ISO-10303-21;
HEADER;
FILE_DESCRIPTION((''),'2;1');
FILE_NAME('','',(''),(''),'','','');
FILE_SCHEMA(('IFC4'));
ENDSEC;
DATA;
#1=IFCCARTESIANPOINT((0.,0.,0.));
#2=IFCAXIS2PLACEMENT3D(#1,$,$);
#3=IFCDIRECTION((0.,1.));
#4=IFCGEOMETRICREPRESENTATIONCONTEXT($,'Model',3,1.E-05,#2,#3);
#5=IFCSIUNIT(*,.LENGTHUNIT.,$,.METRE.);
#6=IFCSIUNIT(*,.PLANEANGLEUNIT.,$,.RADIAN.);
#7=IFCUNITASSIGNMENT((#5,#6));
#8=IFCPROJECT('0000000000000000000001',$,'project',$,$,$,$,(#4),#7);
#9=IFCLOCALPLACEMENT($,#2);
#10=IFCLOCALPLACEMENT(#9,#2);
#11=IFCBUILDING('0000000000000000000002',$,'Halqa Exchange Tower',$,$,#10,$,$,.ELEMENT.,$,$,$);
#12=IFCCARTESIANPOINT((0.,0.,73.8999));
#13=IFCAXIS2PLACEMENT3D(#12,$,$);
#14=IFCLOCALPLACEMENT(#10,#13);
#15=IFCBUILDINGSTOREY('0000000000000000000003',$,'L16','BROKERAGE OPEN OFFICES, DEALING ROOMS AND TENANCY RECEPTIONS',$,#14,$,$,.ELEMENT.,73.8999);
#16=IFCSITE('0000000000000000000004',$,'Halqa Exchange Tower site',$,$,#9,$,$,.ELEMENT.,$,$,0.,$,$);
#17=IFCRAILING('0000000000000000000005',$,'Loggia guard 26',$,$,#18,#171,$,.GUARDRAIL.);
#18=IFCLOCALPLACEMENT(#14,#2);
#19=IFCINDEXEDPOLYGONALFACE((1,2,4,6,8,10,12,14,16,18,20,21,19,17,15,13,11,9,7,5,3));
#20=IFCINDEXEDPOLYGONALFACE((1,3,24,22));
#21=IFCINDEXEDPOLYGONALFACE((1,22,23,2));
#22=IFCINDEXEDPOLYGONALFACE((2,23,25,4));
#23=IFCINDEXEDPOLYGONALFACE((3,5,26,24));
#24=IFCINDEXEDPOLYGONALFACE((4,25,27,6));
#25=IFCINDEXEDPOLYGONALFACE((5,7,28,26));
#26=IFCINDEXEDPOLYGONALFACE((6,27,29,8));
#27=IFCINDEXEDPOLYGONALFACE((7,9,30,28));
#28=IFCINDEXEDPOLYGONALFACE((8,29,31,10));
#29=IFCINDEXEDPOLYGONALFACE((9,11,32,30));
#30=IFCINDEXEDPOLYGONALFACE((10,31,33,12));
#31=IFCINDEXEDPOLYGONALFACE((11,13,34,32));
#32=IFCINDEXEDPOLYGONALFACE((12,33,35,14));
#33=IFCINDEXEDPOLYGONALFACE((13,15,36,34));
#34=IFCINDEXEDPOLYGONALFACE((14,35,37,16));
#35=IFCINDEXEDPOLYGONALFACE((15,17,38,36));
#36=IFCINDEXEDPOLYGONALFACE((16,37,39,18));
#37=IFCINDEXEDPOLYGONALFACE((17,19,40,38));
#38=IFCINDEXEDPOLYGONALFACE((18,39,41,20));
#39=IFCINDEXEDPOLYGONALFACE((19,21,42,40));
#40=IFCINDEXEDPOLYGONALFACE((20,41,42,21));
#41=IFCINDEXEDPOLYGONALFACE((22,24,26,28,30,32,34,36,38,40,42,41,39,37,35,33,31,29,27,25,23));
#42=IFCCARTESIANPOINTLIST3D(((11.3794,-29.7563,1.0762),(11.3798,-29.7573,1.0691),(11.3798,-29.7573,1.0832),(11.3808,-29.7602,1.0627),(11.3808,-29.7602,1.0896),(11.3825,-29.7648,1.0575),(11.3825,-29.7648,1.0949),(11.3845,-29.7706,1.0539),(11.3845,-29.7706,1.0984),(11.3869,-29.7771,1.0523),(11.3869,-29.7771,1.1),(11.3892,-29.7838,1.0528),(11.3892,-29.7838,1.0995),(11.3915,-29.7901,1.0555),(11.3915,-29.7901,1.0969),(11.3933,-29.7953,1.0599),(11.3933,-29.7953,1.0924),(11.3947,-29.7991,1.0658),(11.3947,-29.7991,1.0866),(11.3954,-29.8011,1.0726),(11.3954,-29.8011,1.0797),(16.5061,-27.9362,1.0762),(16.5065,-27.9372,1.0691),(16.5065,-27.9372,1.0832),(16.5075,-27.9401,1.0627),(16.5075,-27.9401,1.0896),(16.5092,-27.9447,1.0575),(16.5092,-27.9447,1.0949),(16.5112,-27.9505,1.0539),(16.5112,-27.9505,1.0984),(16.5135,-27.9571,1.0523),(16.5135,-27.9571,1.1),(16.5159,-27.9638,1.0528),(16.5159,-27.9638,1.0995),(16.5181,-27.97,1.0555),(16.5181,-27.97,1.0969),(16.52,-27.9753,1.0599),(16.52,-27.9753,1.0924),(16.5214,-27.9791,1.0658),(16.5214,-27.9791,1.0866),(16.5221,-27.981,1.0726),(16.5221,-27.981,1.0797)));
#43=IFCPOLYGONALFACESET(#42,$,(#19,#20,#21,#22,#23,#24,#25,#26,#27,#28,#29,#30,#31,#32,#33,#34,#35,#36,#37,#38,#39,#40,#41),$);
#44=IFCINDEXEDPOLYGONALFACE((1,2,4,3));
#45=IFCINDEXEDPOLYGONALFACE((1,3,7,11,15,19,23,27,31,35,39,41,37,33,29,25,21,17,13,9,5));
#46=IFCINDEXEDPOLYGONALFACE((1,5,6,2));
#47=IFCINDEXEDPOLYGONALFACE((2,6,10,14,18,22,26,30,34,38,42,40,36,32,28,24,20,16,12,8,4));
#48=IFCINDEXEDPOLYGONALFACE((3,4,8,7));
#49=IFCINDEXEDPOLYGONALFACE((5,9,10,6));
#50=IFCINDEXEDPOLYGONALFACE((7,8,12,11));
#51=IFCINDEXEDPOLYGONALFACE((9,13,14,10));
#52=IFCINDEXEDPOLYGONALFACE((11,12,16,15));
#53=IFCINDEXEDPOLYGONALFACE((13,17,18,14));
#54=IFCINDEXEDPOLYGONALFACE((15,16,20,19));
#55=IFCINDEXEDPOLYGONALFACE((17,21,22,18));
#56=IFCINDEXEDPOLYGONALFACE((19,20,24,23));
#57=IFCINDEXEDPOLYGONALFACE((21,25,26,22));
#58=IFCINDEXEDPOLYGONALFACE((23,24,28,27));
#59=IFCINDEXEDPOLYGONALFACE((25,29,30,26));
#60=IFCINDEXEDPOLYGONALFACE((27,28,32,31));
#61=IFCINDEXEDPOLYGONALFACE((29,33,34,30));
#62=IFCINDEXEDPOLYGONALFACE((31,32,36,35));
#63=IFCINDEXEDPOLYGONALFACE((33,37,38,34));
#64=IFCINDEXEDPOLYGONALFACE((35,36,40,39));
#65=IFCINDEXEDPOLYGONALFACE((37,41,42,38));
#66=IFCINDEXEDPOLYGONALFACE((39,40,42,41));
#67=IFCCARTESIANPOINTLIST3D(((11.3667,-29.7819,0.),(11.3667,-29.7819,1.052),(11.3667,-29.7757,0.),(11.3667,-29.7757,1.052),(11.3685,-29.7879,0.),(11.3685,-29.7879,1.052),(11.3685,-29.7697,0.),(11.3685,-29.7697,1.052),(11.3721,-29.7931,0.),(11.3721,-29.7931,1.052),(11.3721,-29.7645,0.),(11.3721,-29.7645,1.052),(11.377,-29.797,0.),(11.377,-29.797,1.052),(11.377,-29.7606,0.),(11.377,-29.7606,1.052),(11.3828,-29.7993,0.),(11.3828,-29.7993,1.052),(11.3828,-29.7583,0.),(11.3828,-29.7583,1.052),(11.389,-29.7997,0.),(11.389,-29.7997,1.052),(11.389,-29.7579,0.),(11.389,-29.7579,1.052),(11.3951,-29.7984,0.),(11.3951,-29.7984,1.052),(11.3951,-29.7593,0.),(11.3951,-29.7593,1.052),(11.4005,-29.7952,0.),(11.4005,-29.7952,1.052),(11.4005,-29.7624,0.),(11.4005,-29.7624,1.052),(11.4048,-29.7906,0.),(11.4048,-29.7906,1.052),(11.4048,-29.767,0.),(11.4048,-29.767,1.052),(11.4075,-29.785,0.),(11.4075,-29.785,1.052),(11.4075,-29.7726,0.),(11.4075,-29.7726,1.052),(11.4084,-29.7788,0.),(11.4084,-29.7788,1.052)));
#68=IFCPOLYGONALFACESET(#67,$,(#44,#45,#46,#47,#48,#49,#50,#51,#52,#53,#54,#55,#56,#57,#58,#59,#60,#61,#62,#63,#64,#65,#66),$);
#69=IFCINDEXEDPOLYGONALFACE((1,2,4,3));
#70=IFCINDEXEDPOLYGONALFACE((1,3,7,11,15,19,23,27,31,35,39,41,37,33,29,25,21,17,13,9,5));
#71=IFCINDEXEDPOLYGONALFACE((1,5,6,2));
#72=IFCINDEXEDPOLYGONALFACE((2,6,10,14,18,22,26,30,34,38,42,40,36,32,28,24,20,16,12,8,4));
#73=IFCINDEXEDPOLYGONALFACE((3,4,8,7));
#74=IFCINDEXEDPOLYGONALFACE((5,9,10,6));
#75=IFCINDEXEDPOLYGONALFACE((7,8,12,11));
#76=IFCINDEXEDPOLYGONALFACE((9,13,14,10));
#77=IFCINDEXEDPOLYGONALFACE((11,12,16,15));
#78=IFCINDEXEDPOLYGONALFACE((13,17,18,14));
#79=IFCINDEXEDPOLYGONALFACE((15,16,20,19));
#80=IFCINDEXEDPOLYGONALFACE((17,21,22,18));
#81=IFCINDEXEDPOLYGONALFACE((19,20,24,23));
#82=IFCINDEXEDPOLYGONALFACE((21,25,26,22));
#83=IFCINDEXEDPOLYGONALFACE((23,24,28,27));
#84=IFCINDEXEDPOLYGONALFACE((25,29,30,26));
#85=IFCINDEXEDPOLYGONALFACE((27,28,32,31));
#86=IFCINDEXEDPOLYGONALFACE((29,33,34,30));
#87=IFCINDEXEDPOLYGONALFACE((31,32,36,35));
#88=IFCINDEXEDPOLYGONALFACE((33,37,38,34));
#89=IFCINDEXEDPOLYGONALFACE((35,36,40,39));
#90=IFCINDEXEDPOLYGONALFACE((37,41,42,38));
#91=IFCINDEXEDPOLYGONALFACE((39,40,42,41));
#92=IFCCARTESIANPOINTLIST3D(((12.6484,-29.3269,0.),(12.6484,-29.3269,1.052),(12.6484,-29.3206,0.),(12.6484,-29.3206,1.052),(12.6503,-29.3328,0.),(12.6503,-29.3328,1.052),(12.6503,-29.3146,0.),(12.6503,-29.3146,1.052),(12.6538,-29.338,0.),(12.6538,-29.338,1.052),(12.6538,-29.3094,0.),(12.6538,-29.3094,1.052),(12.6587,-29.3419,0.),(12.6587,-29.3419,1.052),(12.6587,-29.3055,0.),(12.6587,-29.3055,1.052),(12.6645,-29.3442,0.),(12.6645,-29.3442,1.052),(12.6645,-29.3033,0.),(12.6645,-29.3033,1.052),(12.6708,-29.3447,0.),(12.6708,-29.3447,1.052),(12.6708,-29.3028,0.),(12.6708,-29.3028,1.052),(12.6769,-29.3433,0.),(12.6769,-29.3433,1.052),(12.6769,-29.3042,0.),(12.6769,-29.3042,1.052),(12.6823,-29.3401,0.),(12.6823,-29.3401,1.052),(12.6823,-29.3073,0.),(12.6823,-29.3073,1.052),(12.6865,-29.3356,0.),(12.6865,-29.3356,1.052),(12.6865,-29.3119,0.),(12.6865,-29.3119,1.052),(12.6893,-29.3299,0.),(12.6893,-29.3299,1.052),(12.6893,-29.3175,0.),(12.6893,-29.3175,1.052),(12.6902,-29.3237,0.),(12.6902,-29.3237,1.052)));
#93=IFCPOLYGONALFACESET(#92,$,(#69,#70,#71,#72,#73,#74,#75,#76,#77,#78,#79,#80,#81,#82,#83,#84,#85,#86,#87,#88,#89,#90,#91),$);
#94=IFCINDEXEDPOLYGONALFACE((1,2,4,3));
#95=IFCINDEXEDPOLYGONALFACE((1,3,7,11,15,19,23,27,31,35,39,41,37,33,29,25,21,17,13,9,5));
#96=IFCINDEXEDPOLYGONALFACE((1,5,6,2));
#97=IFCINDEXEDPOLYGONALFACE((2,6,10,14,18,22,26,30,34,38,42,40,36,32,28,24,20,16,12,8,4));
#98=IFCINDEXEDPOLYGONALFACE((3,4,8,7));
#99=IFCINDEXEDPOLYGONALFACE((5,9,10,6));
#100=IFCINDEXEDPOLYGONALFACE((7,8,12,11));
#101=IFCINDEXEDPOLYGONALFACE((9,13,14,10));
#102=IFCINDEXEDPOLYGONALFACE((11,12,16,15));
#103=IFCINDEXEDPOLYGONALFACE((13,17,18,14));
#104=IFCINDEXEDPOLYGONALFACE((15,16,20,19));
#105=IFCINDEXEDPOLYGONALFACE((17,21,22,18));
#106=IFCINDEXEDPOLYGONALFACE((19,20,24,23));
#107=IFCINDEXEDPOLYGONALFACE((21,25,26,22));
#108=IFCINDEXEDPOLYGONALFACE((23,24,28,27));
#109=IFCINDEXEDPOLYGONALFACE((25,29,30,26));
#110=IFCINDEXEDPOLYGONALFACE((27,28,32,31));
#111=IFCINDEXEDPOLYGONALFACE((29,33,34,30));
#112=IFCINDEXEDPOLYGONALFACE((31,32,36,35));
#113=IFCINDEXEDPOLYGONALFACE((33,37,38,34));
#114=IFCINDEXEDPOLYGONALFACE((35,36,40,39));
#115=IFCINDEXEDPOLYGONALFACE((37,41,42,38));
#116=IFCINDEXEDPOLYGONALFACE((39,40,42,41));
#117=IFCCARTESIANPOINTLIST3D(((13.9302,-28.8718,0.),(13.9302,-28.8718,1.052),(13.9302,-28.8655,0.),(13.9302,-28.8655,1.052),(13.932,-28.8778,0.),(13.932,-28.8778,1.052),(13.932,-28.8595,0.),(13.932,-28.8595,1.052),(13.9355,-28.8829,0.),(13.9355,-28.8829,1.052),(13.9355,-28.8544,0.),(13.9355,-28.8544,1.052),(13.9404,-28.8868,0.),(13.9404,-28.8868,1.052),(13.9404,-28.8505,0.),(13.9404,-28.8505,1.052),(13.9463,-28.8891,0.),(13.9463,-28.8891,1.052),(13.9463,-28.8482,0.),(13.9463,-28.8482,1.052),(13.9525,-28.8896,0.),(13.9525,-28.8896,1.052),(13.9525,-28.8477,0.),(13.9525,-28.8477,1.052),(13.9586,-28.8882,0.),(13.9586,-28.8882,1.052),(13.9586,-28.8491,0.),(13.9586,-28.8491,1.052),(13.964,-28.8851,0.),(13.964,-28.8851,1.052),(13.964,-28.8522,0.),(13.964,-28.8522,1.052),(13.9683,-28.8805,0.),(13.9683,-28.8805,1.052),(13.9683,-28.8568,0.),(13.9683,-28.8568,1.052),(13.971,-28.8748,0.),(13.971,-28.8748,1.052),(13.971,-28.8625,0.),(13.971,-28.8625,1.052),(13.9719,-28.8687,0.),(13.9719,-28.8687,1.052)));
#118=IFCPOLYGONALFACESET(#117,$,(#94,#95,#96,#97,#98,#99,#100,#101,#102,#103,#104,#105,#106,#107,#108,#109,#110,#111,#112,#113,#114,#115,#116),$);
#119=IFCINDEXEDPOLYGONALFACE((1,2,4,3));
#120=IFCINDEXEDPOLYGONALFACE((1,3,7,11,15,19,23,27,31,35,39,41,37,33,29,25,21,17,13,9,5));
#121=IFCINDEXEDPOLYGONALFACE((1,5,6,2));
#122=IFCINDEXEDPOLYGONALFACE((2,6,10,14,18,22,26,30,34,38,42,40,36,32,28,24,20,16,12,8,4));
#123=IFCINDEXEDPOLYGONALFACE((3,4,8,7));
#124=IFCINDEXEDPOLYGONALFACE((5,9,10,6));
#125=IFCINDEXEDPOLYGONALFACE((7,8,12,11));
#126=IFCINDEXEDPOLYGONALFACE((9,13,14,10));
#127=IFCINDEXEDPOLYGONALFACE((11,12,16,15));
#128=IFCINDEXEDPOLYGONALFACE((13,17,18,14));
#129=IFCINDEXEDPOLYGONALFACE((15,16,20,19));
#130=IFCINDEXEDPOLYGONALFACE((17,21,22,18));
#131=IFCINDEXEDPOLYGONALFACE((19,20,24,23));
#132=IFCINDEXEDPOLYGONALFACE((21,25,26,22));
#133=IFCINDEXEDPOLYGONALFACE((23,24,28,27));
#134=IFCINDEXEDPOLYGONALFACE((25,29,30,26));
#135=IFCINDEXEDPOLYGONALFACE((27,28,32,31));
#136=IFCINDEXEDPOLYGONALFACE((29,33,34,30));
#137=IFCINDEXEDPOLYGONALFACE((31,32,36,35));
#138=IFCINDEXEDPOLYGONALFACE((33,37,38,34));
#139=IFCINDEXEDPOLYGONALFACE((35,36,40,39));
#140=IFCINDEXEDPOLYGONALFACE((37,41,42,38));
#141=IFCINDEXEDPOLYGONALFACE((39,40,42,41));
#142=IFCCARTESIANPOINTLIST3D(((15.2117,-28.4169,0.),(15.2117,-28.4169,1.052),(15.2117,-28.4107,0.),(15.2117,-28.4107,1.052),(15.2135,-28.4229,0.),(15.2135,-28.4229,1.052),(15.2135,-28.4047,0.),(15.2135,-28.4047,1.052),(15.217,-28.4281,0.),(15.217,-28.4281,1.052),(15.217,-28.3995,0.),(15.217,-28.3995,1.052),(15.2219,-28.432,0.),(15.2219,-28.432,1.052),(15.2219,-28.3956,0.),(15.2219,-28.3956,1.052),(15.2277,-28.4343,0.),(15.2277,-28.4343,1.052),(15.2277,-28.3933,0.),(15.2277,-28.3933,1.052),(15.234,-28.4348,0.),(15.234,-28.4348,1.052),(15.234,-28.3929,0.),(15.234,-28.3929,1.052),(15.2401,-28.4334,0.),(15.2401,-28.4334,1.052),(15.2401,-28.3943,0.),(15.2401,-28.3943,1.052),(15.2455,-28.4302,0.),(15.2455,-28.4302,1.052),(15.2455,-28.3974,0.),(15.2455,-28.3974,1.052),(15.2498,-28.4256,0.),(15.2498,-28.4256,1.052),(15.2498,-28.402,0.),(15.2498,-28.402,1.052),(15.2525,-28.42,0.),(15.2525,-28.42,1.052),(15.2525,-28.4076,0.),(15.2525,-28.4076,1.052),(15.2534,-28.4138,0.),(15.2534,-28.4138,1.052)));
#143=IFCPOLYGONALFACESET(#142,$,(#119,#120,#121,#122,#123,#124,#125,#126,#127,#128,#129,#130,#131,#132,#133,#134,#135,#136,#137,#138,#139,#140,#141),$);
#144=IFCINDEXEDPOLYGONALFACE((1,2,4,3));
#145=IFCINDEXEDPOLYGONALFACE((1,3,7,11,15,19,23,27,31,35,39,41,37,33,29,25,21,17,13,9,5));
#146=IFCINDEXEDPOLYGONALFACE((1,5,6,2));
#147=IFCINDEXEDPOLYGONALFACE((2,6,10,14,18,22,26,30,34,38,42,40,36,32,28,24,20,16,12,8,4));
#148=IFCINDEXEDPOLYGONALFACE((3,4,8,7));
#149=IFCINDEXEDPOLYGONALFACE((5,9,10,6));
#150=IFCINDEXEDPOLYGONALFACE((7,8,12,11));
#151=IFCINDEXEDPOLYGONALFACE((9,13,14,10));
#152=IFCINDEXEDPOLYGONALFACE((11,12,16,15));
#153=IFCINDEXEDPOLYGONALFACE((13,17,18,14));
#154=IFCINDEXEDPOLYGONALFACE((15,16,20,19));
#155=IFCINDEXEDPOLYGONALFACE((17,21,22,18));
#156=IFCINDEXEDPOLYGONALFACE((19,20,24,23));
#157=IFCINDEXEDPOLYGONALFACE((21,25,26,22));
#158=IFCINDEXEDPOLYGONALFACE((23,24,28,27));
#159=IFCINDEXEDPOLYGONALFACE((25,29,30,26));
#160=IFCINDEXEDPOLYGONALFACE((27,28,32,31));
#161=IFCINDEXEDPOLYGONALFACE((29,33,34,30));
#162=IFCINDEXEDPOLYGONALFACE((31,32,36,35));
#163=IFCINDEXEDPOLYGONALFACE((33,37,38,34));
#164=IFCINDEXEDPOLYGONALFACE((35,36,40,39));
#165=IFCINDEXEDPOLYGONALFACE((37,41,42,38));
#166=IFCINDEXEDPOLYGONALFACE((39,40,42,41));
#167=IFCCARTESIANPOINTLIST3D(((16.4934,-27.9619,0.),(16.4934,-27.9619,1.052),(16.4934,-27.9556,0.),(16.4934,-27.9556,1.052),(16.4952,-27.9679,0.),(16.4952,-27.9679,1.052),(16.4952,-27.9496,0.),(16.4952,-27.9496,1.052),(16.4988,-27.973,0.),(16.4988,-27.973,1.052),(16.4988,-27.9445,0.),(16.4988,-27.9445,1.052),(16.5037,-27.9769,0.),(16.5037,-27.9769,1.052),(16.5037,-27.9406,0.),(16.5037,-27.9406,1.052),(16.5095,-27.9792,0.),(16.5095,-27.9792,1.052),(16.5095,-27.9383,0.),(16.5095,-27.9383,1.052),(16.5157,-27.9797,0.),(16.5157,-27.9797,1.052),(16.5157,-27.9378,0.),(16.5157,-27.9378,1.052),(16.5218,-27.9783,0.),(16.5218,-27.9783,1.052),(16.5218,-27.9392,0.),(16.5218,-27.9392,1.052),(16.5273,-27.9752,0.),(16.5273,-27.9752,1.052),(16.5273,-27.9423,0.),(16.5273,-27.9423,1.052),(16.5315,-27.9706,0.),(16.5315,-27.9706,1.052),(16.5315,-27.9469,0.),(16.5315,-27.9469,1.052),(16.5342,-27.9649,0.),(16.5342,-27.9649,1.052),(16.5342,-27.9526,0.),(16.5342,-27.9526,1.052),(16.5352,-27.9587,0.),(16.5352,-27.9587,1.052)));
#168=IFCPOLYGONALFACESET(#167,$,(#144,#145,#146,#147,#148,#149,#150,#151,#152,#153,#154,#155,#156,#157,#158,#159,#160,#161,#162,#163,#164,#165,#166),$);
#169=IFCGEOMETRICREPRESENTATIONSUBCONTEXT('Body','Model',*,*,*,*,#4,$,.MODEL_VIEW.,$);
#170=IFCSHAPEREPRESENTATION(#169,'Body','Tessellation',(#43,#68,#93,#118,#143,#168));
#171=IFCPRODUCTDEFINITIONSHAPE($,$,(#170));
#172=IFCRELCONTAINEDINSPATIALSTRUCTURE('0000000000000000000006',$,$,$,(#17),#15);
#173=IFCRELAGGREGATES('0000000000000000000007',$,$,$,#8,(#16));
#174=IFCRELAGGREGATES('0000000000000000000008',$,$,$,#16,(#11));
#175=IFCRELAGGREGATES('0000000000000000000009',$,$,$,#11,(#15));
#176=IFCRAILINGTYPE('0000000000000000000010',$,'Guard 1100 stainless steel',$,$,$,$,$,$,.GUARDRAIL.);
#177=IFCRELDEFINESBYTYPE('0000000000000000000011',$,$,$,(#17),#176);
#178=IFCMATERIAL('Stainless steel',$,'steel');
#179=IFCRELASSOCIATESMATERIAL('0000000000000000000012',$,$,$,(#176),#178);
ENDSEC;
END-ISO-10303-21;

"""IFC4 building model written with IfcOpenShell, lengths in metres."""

from ifc_helpers import new_model, si_unit, direction, frame, origin, origin_2d, place, context, subcontext, project, spatial, circle, extrude, material, type_object, element, save


model = new_model("IFC4")

# Units and contexts
model_context = context("Model", 3, precision=1e-05, world=origin(), true_north=direction((0.0, 1.0)))
body_context = subcontext(model_context, "Body", "Model", "MODEL_VIEW")
ifc_project = project(units=[si_unit("LENGTHUNIT", "METRE"), si_unit("PLANEANGLEUNIT", "RADIAN")], contexts=[model_context])

# Site, building, storey
site_placement = place(None, origin())
site = spatial("IfcSite", under=ifc_project, at=site_placement, Name="Halqa Exchange Tower site", CompositionType="ELEMENT", RefElevation=0.0)
building_placement = place(site_placement, origin())
building = spatial("IfcBuilding", under=site, at=building_placement, Name="Halqa Exchange Tower", CompositionType="ELEMENT")
storey_placement = place(building_placement, frame((0.0, 0.0, 73.8999)))
storey = spatial("IfcBuildingStorey", under=building, at=storey_placement, Name="L16", Description="BROKERAGE OPEN OFFICES, DEALING ROOMS AND TENANCY RECEPTIONS", CompositionType="ELEMENT", Elevation=73.8999)

# Railing
ifc_material_1 = material(Name="Stainless steel", Category="steel")
railing_type = type_object("IfcRailingType", Name="Guard 1100 stainless steel", PredefinedType="GUARDRAIL", material=ifc_material_1)
railing_1_placement = place(storey_placement, frame((11.3875, -29.7788, 0.0)))
element("IfcRailing", 1, at=railing_1_placement, inside=storey, type_object=railing_type, Name="Loggia guard 26", PredefinedType="GUARDRAIL", context=body_context, shape_type="SweptSolid", body=[
    extrude(circle(Radius=0.0239, at=origin_2d()), frame((0.0, 0.0, 1.0762), z_axis=(0.942375, 0.334559, 0.0), x_axis=(-0.334559, 0.942375, 0.0)), (0.0, 0.0, 1.0), 5.4402),
    extrude(circle(Radius=0.021, at=origin_2d()), origin(), (0.0, 0.0, 1.0), 1.052),
    extrude(circle(Radius=0.021, at=origin_2d()), frame((1.2817, 0.4551, 0.0)), (0.0, 0.0, 1.0), 1.052),
    extrude(circle(Radius=0.021, at=origin_2d()), frame((2.5635, 0.9102, 0.0)), (0.0, 0.0, 1.0), 1.052),
    extrude(circle(Radius=0.021, at=origin_2d()), frame((3.845, 1.365, 0.0)), (0.0, 0.0, 1.0), 1.052),
    extrude(circle(Radius=0.021, at=origin_2d()), frame((5.1267, 1.8201, 0.0)), (0.0, 0.0, 1.0), 1.052),
])

save(model, "model.ifc")
